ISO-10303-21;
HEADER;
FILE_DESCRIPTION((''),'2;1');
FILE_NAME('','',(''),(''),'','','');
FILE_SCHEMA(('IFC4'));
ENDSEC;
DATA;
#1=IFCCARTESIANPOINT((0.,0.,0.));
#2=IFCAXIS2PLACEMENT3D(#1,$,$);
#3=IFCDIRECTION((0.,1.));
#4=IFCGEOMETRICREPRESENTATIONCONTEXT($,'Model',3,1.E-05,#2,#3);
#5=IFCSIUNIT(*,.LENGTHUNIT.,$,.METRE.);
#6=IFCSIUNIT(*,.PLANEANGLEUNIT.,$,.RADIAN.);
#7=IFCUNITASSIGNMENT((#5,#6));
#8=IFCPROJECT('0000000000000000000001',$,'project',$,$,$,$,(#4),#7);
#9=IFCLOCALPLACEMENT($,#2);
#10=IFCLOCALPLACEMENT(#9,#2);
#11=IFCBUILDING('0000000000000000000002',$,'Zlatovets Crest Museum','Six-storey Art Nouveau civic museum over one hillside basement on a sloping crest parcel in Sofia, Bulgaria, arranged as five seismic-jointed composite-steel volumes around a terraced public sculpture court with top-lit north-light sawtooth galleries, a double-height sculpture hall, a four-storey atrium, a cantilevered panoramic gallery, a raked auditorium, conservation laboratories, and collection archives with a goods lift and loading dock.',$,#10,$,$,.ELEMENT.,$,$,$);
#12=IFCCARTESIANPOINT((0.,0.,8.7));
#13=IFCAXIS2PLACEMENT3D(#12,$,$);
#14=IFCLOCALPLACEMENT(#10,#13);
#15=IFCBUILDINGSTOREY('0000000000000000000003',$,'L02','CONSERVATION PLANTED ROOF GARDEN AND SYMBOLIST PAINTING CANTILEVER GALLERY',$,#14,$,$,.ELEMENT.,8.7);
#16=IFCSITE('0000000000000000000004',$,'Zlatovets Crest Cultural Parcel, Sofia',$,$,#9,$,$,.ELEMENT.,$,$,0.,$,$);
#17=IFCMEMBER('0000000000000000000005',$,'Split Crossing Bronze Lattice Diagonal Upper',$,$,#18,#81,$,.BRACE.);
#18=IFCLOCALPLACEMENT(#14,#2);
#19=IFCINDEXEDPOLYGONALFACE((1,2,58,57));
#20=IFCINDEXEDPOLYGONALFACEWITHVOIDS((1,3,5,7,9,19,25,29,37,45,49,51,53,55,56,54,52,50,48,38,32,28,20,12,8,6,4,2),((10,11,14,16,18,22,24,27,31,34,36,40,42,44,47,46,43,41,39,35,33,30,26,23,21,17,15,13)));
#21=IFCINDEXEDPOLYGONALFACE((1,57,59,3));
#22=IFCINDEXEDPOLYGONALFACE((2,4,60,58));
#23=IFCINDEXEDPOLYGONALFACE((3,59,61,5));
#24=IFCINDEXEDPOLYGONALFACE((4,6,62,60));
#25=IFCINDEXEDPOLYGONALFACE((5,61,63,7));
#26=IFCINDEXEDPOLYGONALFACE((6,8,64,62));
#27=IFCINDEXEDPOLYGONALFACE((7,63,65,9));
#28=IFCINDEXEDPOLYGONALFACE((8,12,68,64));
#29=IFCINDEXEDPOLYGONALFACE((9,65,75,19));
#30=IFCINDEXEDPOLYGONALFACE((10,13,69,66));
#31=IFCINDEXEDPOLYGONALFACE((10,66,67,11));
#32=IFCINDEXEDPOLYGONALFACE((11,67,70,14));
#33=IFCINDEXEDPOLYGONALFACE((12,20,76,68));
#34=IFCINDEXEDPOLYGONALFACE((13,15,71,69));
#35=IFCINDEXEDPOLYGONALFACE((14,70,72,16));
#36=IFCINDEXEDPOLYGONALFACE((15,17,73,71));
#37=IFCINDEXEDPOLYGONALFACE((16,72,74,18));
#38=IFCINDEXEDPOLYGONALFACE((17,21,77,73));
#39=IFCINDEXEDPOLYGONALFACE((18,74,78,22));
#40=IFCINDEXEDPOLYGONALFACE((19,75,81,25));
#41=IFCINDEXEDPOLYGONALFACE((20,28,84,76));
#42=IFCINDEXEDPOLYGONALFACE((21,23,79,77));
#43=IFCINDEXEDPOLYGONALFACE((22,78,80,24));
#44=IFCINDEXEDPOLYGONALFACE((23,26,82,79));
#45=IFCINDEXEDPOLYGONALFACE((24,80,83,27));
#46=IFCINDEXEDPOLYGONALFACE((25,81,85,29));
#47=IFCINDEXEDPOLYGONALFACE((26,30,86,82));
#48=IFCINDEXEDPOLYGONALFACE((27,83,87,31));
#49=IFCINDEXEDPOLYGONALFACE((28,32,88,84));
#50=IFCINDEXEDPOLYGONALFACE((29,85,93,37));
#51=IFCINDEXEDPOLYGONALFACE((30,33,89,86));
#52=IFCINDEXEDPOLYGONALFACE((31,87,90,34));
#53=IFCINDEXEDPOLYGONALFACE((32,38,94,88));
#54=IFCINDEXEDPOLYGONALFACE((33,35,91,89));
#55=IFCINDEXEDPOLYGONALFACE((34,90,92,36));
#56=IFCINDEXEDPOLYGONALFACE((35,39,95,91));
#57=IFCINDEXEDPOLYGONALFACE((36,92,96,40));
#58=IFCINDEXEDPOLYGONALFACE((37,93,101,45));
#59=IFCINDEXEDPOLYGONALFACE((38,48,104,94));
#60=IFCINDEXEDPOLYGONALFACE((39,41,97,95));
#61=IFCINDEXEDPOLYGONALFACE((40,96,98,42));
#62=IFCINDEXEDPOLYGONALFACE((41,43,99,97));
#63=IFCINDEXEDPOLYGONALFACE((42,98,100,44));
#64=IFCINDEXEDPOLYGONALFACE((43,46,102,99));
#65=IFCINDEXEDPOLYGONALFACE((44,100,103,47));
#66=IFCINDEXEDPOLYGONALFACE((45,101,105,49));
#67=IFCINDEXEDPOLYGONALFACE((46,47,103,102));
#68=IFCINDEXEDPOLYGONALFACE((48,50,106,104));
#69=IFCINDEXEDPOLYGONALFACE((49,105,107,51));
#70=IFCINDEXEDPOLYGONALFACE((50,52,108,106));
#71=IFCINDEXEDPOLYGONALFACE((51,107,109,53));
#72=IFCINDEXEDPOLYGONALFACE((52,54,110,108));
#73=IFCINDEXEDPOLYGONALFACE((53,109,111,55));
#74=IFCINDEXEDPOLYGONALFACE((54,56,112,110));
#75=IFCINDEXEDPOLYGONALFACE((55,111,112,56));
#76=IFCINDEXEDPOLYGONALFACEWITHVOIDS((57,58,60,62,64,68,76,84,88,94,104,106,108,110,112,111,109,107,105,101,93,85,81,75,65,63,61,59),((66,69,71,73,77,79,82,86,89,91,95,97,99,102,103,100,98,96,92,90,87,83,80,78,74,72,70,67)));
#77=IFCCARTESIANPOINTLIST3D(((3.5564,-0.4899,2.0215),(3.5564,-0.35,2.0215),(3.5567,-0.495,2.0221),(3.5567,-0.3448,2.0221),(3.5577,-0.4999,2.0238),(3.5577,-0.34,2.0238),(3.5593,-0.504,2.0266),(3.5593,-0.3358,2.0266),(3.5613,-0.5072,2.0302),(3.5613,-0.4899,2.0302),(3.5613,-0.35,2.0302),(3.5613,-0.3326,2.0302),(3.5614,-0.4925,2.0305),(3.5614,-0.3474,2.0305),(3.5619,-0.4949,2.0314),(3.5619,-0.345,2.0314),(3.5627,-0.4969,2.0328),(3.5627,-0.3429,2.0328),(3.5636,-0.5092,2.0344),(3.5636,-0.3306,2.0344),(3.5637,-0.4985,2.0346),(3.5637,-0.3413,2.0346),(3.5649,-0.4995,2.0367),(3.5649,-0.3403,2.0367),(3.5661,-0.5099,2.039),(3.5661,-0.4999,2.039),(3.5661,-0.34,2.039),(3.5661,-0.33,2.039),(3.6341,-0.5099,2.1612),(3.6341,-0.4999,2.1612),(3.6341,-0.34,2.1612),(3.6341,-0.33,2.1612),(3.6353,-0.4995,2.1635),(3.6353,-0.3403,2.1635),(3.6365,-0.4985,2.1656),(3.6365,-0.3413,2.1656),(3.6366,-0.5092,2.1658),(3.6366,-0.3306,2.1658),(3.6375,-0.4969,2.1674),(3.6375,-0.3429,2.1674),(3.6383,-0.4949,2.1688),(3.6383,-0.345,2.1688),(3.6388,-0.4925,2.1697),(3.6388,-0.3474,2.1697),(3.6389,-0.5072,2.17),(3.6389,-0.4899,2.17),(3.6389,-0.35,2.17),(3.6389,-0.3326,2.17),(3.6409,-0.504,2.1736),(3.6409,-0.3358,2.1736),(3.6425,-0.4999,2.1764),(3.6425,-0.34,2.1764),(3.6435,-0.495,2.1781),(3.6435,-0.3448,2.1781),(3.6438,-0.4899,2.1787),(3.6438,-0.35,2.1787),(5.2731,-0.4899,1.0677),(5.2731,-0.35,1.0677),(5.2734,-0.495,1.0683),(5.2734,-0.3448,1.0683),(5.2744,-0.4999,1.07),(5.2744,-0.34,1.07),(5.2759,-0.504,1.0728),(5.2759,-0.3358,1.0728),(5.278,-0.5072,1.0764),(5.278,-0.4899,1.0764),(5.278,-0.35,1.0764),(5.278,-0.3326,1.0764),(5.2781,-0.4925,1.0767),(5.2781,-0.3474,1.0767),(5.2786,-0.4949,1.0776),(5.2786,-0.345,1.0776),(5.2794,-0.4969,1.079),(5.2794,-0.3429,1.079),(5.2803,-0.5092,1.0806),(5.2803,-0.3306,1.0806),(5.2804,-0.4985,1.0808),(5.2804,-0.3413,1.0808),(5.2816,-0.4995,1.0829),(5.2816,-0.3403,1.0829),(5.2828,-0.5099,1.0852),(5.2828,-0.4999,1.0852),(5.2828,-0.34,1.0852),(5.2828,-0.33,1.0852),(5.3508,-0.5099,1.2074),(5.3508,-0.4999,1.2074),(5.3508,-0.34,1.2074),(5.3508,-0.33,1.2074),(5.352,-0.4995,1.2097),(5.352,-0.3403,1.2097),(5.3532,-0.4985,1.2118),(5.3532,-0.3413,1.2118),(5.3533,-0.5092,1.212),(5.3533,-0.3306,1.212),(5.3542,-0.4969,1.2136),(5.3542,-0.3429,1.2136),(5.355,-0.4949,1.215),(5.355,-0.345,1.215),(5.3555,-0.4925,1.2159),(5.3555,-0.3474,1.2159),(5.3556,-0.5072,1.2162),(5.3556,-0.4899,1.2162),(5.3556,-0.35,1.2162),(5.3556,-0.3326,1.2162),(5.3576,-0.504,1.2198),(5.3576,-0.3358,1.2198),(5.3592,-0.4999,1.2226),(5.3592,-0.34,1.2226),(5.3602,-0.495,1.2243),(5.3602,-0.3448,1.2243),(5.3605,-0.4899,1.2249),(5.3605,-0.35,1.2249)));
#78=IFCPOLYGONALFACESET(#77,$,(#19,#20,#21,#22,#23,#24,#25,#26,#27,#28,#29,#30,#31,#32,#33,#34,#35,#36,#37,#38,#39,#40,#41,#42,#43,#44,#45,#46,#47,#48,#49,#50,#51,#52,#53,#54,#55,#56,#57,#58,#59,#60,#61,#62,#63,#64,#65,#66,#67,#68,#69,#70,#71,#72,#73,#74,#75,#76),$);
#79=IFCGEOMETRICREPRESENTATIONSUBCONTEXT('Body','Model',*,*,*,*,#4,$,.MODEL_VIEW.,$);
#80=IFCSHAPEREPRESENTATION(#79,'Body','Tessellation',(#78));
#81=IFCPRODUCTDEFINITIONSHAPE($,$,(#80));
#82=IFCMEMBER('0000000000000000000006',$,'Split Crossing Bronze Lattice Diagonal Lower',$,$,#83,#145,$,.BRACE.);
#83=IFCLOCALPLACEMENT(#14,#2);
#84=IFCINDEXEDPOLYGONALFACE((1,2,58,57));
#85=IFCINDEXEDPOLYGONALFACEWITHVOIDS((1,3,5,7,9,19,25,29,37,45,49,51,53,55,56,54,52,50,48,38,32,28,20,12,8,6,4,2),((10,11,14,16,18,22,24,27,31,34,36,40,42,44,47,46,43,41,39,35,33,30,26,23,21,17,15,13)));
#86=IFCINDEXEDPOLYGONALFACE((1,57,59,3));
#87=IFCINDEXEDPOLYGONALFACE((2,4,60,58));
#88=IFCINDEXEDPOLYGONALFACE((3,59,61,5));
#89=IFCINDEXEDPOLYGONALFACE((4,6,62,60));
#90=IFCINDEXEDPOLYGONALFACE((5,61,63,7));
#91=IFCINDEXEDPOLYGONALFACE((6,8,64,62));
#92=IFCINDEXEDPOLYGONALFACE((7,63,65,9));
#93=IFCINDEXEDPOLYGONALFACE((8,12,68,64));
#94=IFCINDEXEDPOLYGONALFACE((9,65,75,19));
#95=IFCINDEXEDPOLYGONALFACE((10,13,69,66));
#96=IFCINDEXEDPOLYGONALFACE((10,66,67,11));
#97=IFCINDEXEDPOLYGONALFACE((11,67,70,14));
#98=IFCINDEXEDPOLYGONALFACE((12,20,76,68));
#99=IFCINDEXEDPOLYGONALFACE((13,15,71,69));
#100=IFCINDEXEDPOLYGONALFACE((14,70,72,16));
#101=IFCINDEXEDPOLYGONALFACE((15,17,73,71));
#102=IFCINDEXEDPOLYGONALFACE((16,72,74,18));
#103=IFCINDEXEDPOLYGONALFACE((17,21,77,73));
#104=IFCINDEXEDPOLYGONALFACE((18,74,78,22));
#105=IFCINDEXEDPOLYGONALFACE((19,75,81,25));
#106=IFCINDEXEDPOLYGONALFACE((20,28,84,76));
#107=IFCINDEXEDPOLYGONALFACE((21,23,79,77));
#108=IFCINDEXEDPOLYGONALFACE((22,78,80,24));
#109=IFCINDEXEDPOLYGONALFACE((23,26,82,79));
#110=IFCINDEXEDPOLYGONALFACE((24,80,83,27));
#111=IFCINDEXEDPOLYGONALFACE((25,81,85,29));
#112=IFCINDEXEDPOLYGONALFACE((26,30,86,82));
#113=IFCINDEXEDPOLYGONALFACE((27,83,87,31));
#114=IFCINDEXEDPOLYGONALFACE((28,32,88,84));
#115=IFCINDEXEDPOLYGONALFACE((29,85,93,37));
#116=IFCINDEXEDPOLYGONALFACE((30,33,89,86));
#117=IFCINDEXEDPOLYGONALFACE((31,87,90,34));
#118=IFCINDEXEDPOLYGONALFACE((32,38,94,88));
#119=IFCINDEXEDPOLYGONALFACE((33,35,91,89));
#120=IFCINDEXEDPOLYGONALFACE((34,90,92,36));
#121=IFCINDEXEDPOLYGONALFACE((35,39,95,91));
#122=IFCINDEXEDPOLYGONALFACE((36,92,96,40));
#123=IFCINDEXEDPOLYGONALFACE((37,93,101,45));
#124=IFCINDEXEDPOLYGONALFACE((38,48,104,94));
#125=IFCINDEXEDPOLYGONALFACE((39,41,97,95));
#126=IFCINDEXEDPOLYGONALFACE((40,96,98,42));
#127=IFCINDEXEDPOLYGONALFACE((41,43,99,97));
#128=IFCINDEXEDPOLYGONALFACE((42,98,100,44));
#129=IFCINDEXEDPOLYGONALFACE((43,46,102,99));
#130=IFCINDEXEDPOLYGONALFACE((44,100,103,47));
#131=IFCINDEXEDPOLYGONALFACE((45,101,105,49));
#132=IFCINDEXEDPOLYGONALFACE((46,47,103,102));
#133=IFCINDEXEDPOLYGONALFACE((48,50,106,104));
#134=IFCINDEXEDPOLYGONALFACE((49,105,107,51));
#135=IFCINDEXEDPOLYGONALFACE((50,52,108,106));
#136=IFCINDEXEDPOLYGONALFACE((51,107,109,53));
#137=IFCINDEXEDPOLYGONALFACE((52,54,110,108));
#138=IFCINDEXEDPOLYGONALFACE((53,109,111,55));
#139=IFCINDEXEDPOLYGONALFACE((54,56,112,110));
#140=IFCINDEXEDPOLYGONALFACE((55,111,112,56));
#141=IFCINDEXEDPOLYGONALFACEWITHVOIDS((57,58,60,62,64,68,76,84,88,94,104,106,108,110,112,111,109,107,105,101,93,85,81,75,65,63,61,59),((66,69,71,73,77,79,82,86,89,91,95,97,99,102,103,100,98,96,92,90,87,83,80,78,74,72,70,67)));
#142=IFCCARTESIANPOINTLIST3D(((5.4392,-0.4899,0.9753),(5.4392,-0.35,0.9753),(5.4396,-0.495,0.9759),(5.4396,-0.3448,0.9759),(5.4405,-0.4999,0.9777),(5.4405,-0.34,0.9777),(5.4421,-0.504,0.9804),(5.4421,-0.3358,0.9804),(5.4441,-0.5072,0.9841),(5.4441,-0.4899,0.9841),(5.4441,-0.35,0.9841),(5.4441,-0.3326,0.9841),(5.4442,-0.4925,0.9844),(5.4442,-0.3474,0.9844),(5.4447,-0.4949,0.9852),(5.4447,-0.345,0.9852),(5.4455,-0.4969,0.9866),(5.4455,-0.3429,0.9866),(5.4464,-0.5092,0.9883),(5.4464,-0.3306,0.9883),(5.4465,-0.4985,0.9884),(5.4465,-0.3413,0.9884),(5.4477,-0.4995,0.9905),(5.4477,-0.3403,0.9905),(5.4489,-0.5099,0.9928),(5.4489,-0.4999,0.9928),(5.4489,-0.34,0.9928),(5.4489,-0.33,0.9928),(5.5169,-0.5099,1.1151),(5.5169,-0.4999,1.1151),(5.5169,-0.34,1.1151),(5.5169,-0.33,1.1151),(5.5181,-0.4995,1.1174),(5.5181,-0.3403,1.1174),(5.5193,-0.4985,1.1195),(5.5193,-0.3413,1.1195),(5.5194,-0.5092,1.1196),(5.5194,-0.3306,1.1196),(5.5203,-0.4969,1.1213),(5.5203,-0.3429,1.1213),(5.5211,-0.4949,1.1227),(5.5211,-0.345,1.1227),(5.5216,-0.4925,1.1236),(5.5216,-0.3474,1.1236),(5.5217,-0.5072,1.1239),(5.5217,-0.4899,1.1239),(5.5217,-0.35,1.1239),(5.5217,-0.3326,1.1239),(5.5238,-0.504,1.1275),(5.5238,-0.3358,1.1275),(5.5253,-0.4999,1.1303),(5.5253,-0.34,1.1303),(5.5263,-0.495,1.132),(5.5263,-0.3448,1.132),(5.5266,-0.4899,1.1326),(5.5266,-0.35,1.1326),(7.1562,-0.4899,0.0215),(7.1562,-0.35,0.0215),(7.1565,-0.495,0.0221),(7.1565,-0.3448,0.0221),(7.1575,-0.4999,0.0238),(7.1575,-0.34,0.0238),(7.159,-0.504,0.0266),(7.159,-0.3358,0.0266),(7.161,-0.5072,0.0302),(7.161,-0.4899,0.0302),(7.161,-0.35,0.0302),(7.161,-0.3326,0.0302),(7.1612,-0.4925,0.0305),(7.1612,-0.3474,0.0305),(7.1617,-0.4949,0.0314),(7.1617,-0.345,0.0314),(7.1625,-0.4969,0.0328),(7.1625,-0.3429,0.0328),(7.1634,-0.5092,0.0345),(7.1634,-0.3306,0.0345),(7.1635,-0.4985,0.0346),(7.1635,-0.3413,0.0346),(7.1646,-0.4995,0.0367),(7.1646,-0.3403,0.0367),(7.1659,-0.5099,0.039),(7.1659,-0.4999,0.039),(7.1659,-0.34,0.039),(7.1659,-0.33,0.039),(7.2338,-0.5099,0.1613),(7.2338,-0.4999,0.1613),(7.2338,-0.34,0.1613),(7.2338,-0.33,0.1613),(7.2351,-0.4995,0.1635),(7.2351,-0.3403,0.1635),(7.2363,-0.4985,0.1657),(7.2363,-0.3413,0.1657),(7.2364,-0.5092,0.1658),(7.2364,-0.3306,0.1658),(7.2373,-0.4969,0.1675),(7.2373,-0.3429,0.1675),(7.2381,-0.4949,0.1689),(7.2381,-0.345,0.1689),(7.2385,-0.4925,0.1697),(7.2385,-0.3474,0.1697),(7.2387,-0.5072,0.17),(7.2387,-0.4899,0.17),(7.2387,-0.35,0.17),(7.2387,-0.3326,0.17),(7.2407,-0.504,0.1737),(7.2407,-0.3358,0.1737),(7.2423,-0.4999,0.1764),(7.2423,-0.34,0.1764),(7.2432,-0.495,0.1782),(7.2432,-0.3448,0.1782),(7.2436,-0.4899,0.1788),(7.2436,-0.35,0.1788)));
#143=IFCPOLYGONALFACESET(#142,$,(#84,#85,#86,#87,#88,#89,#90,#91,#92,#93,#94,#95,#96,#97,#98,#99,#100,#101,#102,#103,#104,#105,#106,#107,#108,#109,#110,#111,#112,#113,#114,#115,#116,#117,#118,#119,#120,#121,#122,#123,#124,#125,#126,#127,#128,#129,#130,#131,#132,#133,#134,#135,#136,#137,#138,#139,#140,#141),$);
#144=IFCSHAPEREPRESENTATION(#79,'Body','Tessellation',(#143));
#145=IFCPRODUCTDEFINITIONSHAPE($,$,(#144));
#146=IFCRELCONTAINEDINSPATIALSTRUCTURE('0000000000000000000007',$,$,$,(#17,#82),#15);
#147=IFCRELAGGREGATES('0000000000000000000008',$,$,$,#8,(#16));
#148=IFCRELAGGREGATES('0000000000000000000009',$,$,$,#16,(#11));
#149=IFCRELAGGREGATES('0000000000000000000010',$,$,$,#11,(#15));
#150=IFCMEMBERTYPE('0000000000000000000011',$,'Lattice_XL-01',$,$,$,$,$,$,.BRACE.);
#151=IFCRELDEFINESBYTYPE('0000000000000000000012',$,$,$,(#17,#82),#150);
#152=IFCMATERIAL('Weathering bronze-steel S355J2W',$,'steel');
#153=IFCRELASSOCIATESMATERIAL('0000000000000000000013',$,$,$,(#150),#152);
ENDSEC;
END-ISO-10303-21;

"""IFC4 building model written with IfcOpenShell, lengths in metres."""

from ifc_helpers import new_model, si_unit, direction, frame, origin, origin_2d, place, context, subcontext, project, spatial, hollow_rectangle, extrude, material, material_profile, profile_set, type_object, element, save


model = new_model("IFC4")

# Units and contexts
model_context = context("Model", 3, precision=1e-05, world=origin(), true_north=direction((0.0, 1.0)))
body_context = subcontext(model_context, "Body", "Model", "MODEL_VIEW")
ifc_project = project(units=[si_unit("LENGTHUNIT", "METRE"), si_unit("PLANEANGLEUNIT", "RADIAN")], contexts=[model_context])

# Site, building, storey
site_placement = place(None, origin())
site = spatial("IfcSite", under=ifc_project, at=site_placement, Name="Zlatovets Crest Cultural Parcel, Sofia", CompositionType="ELEMENT", RefElevation=0.0)
building_placement = place(site_placement, origin())
building = spatial("IfcBuilding", under=site, at=building_placement, Name="Zlatovets Crest Museum", Description="Six-storey Art Nouveau civic museum over one hillside basement on a sloping crest parcel in Sofia, Bulgaria, arranged as five seismic-jointed composite-steel volumes around a terraced public sculpture court with top-lit north-light sawtooth galleries, a double-height sculpture hall, a four-storey atrium, a cantilevered panoramic gallery, a raked auditorium, conservation laboratories, and collection archives with a goods lift and loading dock.", CompositionType="ELEMENT")
storey_placement = place(building_placement, frame((0.0, 0.0, 8.7)))
storey = spatial("IfcBuildingStorey", under=building, at=storey_placement, Name="L02", Description="CONSERVATION PLANTED ROOF GARDEN AND SYMBOLIST PAINTING CANTILEVER GALLERY", CompositionType="ELEMENT", Elevation=8.7)

# Members
ifc_material_1 = material(Name="Weathering bronze-steel S355J2W", Category="steel")
ifc_material_profile_1 = material_profile(ifc_material_1, hollow_rectangle(XDim=0.1799, YDim=0.1799, WallThickness=0.01, InnerFilletRadius=0.01, OuterFilletRadius=0.02, at=origin_2d()), Name="SHS 180x180x10.0")
ifc_profile_set_1 = profile_set([ifc_material_profile_1], Name="Weathering bronze-steel S355J2W")
member_type_1 = type_object("IfcMemberType", Name="Lattice_XL-01", PredefinedType="BRACE", material=ifc_profile_set_1)
member_1_placement = place(storey_placement, frame((3.6001, -0.4199, 2.1001), z_axis=(0.87414, 0.0, -0.485675), x_axis=(0.0, 1.0, 0.0)))
element("IfcMember", 1, at=member_1_placement, inside=storey, type_object=member_type_1, Name="Split Crossing Bronze Lattice Diagonal Upper", PredefinedType="BRACE", context=body_context, shape_type="SweptSolid", body=[
    extrude(hollow_rectangle(XDim=0.1799, YDim=0.1799, WallThickness=0.01, InnerFilletRadius=0.01, OuterFilletRadius=0.02, at=origin_2d()), origin(), (0.0, 0.0, 1.0), 1.9639),
])
for number, where, z_axis, x_axis, name in (
    (2, (5.4829, -0.4199, 1.054), (0.874169, 0.0, -0.485622), (0.0, 1.0, 0.0), "Split Crossing Bronze Lattice Diagonal Lower"),
):
    element("IfcMember", number, at=place(storey_placement, frame(where, z_axis=z_axis, x_axis=x_axis)), inside=storey, type_object=member_type_1, Name=name, PredefinedType="BRACE", context=body_context, shape_type="SweptSolid", body=[
        extrude(hollow_rectangle(XDim=0.1799, YDim=0.1799, WallThickness=0.01, InnerFilletRadius=0.01, OuterFilletRadius=0.02, at=origin_2d()), origin(), (0.0, 0.0, 1.0), 1.9641),
    ])

save(model, "model.ifc")
